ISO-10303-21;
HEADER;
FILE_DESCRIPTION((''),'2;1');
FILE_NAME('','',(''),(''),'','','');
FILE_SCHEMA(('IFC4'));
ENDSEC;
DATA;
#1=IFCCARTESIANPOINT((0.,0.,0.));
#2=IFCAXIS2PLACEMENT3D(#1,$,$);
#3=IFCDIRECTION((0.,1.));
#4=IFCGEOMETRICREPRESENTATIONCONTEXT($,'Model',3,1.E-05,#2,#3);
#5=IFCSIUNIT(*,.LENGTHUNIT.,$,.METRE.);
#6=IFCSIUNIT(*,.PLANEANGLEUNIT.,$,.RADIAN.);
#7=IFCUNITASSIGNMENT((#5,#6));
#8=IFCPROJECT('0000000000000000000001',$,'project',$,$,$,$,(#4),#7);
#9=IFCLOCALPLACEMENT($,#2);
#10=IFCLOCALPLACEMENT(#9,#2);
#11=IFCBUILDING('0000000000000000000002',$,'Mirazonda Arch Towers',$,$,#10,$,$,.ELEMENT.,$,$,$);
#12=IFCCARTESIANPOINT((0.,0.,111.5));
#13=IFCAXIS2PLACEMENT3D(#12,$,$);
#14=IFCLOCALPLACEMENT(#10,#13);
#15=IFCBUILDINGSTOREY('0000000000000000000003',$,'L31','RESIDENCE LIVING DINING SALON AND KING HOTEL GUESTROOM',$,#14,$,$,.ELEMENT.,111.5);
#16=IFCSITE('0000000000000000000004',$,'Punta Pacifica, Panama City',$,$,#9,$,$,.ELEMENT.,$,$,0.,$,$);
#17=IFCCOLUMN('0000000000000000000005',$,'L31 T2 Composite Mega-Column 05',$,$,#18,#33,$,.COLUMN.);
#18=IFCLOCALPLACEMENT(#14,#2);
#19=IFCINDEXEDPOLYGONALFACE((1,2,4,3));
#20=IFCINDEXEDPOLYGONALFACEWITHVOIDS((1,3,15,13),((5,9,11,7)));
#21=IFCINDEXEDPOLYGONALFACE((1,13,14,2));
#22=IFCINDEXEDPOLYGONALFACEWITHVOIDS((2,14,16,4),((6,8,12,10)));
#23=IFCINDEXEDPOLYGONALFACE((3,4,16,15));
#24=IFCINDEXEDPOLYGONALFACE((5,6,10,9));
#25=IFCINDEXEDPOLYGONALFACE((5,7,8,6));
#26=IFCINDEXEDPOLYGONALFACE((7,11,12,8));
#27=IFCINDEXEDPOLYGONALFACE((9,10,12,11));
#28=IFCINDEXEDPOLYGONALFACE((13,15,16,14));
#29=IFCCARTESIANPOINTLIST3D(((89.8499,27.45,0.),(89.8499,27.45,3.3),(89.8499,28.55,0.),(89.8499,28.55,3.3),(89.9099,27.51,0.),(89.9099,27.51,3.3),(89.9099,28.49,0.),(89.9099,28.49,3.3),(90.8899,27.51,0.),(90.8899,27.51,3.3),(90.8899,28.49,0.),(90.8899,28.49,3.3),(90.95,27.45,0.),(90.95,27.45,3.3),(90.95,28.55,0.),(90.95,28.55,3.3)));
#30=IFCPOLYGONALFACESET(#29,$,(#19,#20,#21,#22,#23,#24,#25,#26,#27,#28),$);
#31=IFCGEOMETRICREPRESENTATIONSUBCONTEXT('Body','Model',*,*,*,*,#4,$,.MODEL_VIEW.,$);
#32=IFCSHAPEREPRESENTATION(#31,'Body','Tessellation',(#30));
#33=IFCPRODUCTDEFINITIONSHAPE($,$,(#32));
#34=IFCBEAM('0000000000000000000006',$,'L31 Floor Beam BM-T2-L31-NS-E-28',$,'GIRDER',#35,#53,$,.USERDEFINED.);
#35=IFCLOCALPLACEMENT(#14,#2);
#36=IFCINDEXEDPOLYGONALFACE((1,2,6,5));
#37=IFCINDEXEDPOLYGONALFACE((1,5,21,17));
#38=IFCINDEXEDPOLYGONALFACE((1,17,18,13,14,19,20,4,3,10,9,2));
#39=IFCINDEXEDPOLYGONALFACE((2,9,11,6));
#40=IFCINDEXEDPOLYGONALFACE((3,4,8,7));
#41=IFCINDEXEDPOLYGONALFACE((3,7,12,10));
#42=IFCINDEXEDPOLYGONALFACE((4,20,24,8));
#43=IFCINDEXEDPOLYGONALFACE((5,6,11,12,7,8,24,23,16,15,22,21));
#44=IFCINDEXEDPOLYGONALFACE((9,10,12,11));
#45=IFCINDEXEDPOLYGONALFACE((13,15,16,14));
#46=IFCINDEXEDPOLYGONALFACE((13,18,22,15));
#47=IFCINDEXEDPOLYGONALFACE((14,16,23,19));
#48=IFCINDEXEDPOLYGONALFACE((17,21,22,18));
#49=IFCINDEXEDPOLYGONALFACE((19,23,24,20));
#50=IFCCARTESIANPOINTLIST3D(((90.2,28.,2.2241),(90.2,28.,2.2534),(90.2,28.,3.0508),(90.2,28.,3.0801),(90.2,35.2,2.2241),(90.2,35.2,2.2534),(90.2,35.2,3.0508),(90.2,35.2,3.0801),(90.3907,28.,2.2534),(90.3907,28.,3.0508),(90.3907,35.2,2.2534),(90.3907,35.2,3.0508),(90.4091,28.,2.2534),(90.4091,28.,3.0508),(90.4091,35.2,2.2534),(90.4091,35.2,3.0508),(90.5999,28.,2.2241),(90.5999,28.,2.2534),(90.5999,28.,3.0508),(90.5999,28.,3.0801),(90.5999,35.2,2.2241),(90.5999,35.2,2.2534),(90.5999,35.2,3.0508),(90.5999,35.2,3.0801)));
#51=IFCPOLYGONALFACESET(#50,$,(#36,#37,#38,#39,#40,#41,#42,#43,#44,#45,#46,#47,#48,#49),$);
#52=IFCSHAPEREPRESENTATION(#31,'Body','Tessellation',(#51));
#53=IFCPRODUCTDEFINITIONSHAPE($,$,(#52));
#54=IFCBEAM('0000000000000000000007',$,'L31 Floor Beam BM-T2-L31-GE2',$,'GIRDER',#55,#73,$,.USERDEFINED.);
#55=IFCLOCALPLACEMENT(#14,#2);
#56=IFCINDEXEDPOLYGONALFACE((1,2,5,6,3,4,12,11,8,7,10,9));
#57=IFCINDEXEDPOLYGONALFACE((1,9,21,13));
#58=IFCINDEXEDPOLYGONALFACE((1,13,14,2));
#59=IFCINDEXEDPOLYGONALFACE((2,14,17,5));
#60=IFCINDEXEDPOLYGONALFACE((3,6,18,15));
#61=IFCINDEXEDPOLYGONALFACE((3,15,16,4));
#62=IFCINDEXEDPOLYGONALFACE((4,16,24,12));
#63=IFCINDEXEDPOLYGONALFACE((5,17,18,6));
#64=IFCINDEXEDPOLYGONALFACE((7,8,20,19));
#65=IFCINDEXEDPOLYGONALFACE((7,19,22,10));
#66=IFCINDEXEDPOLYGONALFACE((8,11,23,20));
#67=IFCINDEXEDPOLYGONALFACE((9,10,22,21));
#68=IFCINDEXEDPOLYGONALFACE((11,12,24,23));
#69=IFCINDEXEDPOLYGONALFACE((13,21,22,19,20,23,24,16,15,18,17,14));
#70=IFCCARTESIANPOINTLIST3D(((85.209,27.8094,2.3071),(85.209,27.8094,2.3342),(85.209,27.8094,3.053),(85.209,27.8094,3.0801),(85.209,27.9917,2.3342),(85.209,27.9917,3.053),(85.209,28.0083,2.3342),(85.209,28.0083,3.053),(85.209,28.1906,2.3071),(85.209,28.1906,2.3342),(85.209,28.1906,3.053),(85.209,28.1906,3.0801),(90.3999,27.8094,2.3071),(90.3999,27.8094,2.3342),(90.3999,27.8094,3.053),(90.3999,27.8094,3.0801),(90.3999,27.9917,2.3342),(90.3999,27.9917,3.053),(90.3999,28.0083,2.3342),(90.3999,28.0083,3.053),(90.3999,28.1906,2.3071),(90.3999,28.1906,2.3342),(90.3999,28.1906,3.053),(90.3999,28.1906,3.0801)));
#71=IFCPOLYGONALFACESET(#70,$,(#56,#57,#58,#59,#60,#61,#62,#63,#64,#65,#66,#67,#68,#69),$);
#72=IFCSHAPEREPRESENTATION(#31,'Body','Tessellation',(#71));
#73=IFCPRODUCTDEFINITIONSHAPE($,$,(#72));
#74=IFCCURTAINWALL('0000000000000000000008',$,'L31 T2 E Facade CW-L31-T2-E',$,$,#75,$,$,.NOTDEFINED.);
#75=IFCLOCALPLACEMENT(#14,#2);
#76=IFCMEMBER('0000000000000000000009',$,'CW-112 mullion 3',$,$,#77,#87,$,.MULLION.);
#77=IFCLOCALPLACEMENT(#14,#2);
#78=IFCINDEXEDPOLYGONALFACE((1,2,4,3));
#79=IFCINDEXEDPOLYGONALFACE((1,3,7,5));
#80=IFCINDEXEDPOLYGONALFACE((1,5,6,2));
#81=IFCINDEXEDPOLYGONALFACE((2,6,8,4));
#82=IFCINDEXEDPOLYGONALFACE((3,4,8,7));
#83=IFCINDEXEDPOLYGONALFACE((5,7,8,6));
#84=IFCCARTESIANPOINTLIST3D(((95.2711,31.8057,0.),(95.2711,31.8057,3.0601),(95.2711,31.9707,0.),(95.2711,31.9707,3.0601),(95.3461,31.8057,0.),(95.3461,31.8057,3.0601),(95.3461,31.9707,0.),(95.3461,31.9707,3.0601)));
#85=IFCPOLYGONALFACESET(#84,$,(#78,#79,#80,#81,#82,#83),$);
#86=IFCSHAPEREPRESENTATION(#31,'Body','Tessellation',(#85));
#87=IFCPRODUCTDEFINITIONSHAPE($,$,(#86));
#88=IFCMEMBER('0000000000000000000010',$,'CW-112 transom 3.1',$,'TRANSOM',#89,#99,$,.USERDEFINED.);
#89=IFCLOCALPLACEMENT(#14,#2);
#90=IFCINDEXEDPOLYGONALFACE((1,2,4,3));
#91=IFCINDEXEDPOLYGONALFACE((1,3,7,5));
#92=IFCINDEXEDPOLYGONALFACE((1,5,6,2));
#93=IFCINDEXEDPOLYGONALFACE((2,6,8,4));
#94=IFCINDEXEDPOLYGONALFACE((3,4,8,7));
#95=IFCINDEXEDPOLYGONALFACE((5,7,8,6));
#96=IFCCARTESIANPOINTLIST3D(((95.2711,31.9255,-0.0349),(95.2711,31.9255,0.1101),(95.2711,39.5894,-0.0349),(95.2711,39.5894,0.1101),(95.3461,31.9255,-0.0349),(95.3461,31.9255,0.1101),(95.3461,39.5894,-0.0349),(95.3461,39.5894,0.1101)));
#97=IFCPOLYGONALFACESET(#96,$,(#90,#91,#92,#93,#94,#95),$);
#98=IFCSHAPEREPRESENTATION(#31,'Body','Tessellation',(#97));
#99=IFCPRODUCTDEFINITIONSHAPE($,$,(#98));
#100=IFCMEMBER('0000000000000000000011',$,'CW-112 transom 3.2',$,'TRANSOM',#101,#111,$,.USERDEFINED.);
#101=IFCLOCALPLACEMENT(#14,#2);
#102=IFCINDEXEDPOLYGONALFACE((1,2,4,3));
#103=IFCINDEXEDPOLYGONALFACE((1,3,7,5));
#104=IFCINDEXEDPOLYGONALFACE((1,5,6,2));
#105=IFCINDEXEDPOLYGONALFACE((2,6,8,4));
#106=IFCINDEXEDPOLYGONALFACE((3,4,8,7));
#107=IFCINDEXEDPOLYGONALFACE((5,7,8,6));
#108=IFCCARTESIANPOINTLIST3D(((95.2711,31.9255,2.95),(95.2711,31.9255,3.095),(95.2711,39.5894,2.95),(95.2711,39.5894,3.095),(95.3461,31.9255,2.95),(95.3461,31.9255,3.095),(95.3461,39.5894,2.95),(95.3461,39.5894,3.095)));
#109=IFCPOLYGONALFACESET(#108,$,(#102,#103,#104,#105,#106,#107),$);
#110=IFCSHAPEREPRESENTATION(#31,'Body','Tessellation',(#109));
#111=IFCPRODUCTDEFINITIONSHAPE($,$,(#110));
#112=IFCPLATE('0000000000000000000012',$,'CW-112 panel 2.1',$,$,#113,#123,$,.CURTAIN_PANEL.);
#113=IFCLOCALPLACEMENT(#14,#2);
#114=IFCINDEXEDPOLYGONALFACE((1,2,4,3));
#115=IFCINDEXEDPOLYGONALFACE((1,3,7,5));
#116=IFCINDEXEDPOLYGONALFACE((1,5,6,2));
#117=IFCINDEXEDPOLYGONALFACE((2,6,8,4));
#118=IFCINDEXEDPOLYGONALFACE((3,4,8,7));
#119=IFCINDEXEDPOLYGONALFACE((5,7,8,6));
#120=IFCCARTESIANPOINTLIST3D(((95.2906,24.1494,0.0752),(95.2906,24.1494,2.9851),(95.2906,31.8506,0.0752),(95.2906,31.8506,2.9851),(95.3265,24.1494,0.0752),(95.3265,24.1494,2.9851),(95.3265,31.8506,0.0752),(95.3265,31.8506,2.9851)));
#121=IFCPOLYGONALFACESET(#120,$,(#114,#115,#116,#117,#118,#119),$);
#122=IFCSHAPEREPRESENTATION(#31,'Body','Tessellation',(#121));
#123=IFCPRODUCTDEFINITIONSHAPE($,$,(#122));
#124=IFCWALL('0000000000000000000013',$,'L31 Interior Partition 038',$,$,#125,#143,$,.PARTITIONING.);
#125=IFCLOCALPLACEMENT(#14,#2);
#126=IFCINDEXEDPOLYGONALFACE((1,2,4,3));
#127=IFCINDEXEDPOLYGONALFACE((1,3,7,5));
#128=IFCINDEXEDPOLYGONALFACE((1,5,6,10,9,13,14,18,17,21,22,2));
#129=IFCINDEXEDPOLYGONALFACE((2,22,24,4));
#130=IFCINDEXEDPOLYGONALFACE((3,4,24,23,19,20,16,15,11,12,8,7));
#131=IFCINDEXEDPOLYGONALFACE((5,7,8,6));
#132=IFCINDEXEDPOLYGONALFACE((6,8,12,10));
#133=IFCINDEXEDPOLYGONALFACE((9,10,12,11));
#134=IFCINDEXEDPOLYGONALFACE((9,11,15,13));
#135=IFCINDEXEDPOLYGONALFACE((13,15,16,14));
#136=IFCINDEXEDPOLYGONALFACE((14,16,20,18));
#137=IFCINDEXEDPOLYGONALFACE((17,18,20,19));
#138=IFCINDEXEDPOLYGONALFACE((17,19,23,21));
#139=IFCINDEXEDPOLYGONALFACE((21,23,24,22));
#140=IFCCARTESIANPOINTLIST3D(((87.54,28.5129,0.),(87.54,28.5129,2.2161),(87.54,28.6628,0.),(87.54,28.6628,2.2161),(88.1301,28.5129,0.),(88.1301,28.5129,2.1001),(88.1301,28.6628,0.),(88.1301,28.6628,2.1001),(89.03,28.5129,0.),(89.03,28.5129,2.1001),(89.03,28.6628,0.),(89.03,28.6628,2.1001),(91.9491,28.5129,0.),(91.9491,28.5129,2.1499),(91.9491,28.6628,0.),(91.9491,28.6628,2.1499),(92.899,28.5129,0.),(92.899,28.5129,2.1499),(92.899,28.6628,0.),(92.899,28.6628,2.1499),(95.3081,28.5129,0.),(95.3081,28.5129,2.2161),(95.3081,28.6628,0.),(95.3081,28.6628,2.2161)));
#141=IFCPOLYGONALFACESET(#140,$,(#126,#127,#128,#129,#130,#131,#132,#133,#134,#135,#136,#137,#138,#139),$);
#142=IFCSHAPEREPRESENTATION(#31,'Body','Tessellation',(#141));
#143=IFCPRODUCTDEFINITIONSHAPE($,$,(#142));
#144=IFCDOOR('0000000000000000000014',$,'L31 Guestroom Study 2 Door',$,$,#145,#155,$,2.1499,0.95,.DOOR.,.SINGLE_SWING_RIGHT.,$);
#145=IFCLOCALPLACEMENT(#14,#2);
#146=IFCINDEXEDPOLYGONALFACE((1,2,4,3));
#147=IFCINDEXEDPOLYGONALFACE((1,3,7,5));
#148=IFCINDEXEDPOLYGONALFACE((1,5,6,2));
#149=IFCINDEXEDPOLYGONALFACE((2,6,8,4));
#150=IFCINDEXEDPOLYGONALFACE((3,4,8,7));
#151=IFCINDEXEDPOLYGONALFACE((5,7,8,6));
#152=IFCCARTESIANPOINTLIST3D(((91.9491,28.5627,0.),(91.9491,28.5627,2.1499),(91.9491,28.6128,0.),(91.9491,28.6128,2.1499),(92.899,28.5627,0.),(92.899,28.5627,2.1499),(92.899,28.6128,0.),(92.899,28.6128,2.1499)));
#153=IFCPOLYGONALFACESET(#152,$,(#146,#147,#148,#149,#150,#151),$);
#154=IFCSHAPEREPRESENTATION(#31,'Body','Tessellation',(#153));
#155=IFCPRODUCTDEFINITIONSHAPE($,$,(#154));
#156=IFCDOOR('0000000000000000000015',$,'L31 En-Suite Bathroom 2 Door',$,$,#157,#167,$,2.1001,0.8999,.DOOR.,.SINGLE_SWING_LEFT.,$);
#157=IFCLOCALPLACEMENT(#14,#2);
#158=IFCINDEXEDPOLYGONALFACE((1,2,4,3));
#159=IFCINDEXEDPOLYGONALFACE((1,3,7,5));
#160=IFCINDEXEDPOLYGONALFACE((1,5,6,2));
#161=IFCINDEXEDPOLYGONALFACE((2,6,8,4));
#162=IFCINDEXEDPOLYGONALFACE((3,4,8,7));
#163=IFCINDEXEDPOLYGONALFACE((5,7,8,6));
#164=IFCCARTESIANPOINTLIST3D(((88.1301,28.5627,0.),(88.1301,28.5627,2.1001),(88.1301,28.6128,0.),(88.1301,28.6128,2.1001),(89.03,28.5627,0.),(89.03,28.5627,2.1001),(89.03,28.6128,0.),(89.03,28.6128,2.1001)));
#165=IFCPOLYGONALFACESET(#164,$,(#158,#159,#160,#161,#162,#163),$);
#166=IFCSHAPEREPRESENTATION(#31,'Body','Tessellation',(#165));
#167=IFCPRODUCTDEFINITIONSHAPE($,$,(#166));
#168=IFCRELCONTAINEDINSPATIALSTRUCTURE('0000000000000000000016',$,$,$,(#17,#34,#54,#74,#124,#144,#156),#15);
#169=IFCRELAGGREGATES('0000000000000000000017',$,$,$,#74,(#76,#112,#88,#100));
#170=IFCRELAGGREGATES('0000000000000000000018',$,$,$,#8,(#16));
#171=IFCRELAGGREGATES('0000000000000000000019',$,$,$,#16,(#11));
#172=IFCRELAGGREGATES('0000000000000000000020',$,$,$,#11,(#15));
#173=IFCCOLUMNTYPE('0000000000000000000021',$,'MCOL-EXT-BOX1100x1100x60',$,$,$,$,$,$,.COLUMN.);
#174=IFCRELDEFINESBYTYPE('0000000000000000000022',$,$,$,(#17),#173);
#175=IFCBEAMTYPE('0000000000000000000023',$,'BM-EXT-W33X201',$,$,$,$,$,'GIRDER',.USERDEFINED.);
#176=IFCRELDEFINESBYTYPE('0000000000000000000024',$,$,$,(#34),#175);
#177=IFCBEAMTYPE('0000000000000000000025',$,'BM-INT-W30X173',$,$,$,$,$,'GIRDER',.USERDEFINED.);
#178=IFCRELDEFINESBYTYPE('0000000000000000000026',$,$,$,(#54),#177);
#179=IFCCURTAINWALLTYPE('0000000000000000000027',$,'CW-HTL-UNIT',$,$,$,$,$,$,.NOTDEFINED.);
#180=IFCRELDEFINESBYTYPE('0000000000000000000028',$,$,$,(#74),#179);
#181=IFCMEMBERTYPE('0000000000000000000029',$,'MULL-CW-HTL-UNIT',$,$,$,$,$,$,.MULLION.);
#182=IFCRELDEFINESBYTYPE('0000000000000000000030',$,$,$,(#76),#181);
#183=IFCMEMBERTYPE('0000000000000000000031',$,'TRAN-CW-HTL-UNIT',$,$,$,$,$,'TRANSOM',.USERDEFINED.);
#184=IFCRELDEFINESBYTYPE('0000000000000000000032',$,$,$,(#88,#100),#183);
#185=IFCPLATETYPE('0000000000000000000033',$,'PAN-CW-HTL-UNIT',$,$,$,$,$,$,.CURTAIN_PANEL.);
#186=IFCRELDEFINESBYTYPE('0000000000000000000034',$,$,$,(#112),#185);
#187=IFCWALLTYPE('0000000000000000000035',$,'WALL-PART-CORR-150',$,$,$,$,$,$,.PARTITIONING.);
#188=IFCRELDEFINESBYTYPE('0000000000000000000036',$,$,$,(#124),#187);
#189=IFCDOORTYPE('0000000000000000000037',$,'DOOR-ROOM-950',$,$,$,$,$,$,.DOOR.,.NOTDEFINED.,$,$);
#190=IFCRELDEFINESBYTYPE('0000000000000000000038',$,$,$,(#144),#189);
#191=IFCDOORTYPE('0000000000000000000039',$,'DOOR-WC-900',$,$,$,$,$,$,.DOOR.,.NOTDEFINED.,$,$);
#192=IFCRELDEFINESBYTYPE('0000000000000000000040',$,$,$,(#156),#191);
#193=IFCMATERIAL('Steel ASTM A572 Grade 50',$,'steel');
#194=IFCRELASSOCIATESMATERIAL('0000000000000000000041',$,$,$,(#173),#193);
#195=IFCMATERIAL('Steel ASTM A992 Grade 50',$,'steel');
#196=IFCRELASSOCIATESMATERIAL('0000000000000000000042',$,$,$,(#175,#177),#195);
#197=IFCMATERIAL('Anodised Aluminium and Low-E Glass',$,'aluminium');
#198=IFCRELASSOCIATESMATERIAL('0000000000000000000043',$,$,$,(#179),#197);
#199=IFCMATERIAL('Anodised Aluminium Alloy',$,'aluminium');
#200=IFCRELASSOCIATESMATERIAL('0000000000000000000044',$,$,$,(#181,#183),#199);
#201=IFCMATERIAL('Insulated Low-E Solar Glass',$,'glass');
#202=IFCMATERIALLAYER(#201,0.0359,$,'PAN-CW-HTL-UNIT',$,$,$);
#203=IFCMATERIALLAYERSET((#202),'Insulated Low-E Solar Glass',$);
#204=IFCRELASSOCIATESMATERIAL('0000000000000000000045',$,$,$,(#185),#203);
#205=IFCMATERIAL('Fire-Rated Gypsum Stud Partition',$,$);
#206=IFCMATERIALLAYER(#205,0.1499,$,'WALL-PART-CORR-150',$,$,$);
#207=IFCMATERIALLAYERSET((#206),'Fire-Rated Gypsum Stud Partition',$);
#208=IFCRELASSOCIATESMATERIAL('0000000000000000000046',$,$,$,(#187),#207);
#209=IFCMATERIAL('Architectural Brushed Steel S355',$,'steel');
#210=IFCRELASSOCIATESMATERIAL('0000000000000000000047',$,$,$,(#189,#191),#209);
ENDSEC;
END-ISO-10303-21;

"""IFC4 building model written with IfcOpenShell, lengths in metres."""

from ifc_helpers import new_model, si_unit, direction, frame, frame_2d, origin, origin_2d, place, context, subcontext, project, spatial, rectangle, hollow_rectangle, i_section, extrude, material, layer, layer_set, material_profile, profile_set, type_object, element, fill, aggregate, save


model = new_model("IFC4")

# Units and contexts
model_context = context("Model", 3, precision=1e-05, world=origin(), true_north=direction((0.0, 1.0)))
body_context = subcontext(model_context, "Body", "Model", "MODEL_VIEW")
ifc_project = project(units=[si_unit("LENGTHUNIT", "METRE"), si_unit("PLANEANGLEUNIT", "RADIAN")], contexts=[model_context])

# Site, building, storey
site_placement = place(None, origin())
site = spatial("IfcSite", under=ifc_project, at=site_placement, Name="Punta Pacifica, Panama City", CompositionType="ELEMENT", RefElevation=0.0)
building_placement = place(site_placement, origin())
building = spatial("IfcBuilding", under=site, at=building_placement, Name="Mirazonda Arch Towers", CompositionType="ELEMENT")
storey_placement = place(building_placement, frame((0.0, 0.0, 111.5)))
storey = spatial("IfcBuildingStorey", under=building, at=storey_placement, Name="L31", Description="RESIDENCE LIVING DINING SALON AND KING HOTEL GUESTROOM", CompositionType="ELEMENT", Elevation=111.5)

# Column
ifc_material_1 = material(Name="Steel ASTM A572 Grade 50", Category="steel")
ifc_material_profile_1 = material_profile(ifc_material_1, hollow_rectangle(XDim=1.1001, YDim=1.1001, WallThickness=0.0601, at=origin_2d()), Name="BOX1100x1100x60")
ifc_profile_set_1 = profile_set([ifc_material_profile_1], Name="Steel ASTM A572 Grade 50")
column_type = type_object("IfcColumnType", Name="MCOL-EXT-BOX1100x1100x60", PredefinedType="COLUMN", material=ifc_profile_set_1)
column_placement = place(storey_placement, frame((90.3999, 28.0, 0.0), z_axis=(0.0, 0.0, 1.0), x_axis=(1.0, 0.0, 0.0)))
element("IfcColumn", 1, at=column_placement, inside=storey, type_object=column_type, Name="L31 T2 Composite Mega-Column 05", PredefinedType="COLUMN", context=body_context, shape_type="SweptSolid", body=[
    extrude(hollow_rectangle(XDim=1.1001, YDim=1.1001, WallThickness=0.0601, at=origin_2d()), origin(), (0.0, 0.0, 1.0), 3.3),
])

# Beams
ifc_material_2 = material(Name="Steel ASTM A992 Grade 50", Category="steel")
ifc_material_profile_2 = material_profile(ifc_material_2, i_section(OverallWidth=0.3999, OverallDepth=0.856, WebThickness=0.0183, FlangeThickness=0.0293, at=origin_2d()), Name="W33X201")
ifc_profile_set_2 = profile_set([ifc_material_profile_2], Name="Steel ASTM A992 Grade 50")
beam_type_1 = type_object("IfcBeamType", Name="BM-EXT-W33X201", ElementType="GIRDER", PredefinedType="USERDEFINED", material=ifc_profile_set_2)
beam_1_placement = place(storey_placement, frame((90.3999, 28.0, 2.6521), z_axis=(0.0, 1.0, 0.0), x_axis=(-1.0, 0.0, 0.0)))
element("IfcBeam", 2, at=beam_1_placement, inside=storey, type_object=beam_type_1, Name="L31 Floor Beam BM-T2-L31-NS-E-28", ObjectType="GIRDER", PredefinedType="USERDEFINED", context=body_context, shape_type="SweptSolid", body=[
    extrude(i_section(OverallWidth=0.3999, OverallDepth=0.856, WebThickness=0.0183, FlangeThickness=0.0293, at=origin_2d()), origin(), (0.0, 0.0, 1.0), 7.2),
])
ifc_material_profile_3 = material_profile(ifc_material_2, i_section(OverallWidth=0.3811, OverallDepth=0.7729, WebThickness=0.0166, FlangeThickness=0.0271, at=origin_2d()), Name="W30X173")
ifc_profile_set_3 = profile_set([ifc_material_profile_3], Name="Steel ASTM A992 Grade 50")
beam_type_2 = type_object("IfcBeamType", Name="BM-INT-W30X173", ElementType="GIRDER", PredefinedType="USERDEFINED", material=ifc_profile_set_3)
beam_2_placement = place(storey_placement, frame((85.209, 28.0, 2.6936), z_axis=(1.0, 0.0, 0.0), x_axis=(0.0, 1.0, 0.0)))
element("IfcBeam", 3, at=beam_2_placement, inside=storey, type_object=beam_type_2, Name="L31 Floor Beam BM-T2-L31-GE2", ObjectType="GIRDER", PredefinedType="USERDEFINED", context=body_context, shape_type="SweptSolid", body=[
    extrude(i_section(OverallWidth=0.3811, OverallDepth=0.7729, WebThickness=0.0166, FlangeThickness=0.0271, at=origin_2d()), origin(), (0.0, 0.0, 1.0), 5.1909),
])

# Curtain wall, members, plate
ifc_material_3 = material(Name="Anodised Aluminium and Low-E Glass", Category="aluminium")
curtain_wall_type = type_object("IfcCurtainWallType", Name="CW-HTL-UNIT", PredefinedType="NOTDEFINED", material=ifc_material_3)
curtain_wall_placement = place(storey_placement, origin())
curtain_wall = element("IfcCurtainWall", 4, at=curtain_wall_placement, inside=storey, type_object=curtain_wall_type, Name="L31 T2 E Facade CW-L31-T2-E", PredefinedType="NOTDEFINED")
ifc_material_4 = material(Name="Anodised Aluminium Alloy", Category="aluminium")
ifc_material_profile_4 = material_profile(ifc_material_4, rectangle(XDim=0.075, YDim=0.165, at=origin_2d()), Name="ALU-MULL-75x165")
ifc_profile_set_4 = profile_set([ifc_material_profile_4], Name="Anodised Aluminium Alloy")
member_type_1 = type_object("IfcMemberType", Name="MULL-CW-HTL-UNIT", PredefinedType="MULLION", material=ifc_profile_set_4)
member_1_placement = place(storey_placement, frame((95.3086, 31.8882, 0.0), z_axis=(0.0, 0.0, 1.0), x_axis=(-1.0, 0.0, 0.0)))
member_1 = element("IfcMember", 5, at=member_1_placement, type_object=member_type_1, Name="CW-112 mullion 3", PredefinedType="MULLION", context=body_context, shape_type="SweptSolid", body=[
    extrude(rectangle(XDim=0.075, YDim=0.165, at=origin_2d()), origin(), (0.0, 0.0, 1.0), 3.0601),
])
ifc_material_profile_5 = material_profile(ifc_material_4, rectangle(XDim=0.075, YDim=0.145, at=origin_2d()), Name="ALU-TRAN-75x145")
ifc_profile_set_5 = profile_set([ifc_material_profile_5], Name="Anodised Aluminium Alloy")
member_type_2 = type_object("IfcMemberType", Name="TRAN-CW-HTL-UNIT", ElementType="TRANSOM", PredefinedType="USERDEFINED", material=ifc_profile_set_5)
member_2_placement = place(storey_placement, frame((95.3086, 31.9255, 0.0376), z_axis=(0.0, 1.0, 0.0), x_axis=(-1.0, 0.0, 0.0)))
member_2 = element("IfcMember", 6, at=member_2_placement, type_object=member_type_2, Name="CW-112 transom 3.1", ObjectType="TRANSOM", PredefinedType="USERDEFINED", context=body_context, shape_type="SweptSolid", body=[
    extrude(rectangle(XDim=0.075, YDim=0.145, at=origin_2d()), origin(), (0.0, 0.0, 1.0), 7.6638),
])
member_3_placement = place(storey_placement, frame((95.3086, 31.9255, 3.0225), z_axis=(0.0, 1.0, 0.0), x_axis=(-1.0, 0.0, 0.0)))
member_3 = element("IfcMember", 7, at=member_3_placement, type_object=member_type_2, Name="CW-112 transom 3.2", ObjectType="TRANSOM", PredefinedType="USERDEFINED", context=body_context, shape_type="SweptSolid", body=[
    extrude(rectangle(XDim=0.075, YDim=0.145, at=origin_2d()), origin(), (0.0, 0.0, 1.0), 7.6638),
])
ifc_material_5 = material(Name="Insulated Low-E Solar Glass", Category="glass")
ifc_layer_1 = layer(ifc_material_5, 0.0359, Name="PAN-CW-HTL-UNIT")
ifc_layer_set_1 = layer_set([ifc_layer_1], Name="Insulated Low-E Solar Glass")
plate_type = type_object("IfcPlateType", Name="PAN-CW-HTL-UNIT", PredefinedType="CURTAIN_PANEL", material=ifc_layer_set_1)
plate_placement = place(storey_placement, frame((95.3086, 28.0, 0.0752), z_axis=(0.0, 0.0, 1.0), x_axis=(0.0, 1.0, 0.0)))
plate = element("IfcPlate", 8, at=plate_placement, type_object=plate_type, Name="CW-112 panel 2.1", PredefinedType="CURTAIN_PANEL", context=body_context, shape_type="SweptSolid", body=[
    extrude(rectangle(XDim=7.7012, YDim=0.0359, at=origin_2d()), origin(), (0.0, 0.0, 1.0), 2.9099),
])
aggregate(curtain_wall, [member_1, plate, member_2, member_3])

# Wall, openings, doors
ifc_material_6 = material(Name="Fire-Rated Gypsum Stud Partition")
ifc_layer_2 = layer(ifc_material_6, 0.1499, Name="WALL-PART-CORR-150")
ifc_layer_set_2 = layer_set([ifc_layer_2], Name="Fire-Rated Gypsum Stud Partition")
wall_type_1 = type_object("IfcWallType", Name="WALL-PART-CORR-150", PredefinedType="PARTITIONING", material=ifc_layer_set_2)
wall_1_placement = place(storey_placement, frame((87.54, 28.5879, 0.0), z_axis=(0.0, 0.0, 1.0), x_axis=(1.0, 0.0, 0.0)))
wall_1 = element("IfcWall", 9, at=wall_1_placement, inside=storey, type_object=wall_type_1, Name="L31 Interior Partition 038", PredefinedType="PARTITIONING", context=body_context, shape_type="SweptSolid", body=[
    extrude(rectangle(XDim=7.7681, YDim=0.1499, at=frame_2d((3.884, 0.0))), origin(), (0.0, 0.0, 1.0), 2.2161),
])
opening_1_placement = place(wall_1_placement, frame((4.4089, 0.0, 0.0)))
opening_1 = element("IfcOpeningElement", 10, at=opening_1_placement, cuts=wall_1, PredefinedType="OPENING", context=body_context, shape_type="SweptSolid", body=[
    extrude(rectangle(XDim=0.95, YDim=2.1499, at=frame_2d((0.4751, 1.075))), frame((0.0, 0.085, 0.0), z_axis=(0.0, -1.0, 0.0), x_axis=(1.0, 0.0, 0.0)), (0.0, 0.0, 1.0), 0.1699),
])
opening_2_placement = place(wall_1_placement, frame((0.5901, 0.0, 0.0)))
opening_2 = element("IfcOpeningElement", 11, at=opening_2_placement, cuts=wall_1, PredefinedType="OPENING", context=body_context, shape_type="SweptSolid", body=[
    extrude(rectangle(XDim=0.8999, YDim=2.1001, at=frame_2d((0.45, 1.05))), frame((0.0, 0.085, 0.0), z_axis=(0.0, -1.0, 0.0), x_axis=(1.0, 0.0, 0.0)), (0.0, 0.0, 1.0), 0.1699),
])
ifc_material_7 = material(Name="Architectural Brushed Steel S355", Category="steel")
door_type_1 = type_object("IfcDoorType", Name="DOOR-ROOM-950", OperationType="NOTDEFINED", PredefinedType="DOOR", material=ifc_material_7)
door_1_placement = place(opening_1_placement, origin())
door_1 = element("IfcDoor", 12, at=door_1_placement, inside=storey, type_object=door_type_1, Name="L31 Guestroom Study 2 Door", OperationType="SINGLE_SWING_RIGHT", OverallHeight=2.1499, OverallWidth=0.95, PredefinedType="DOOR", context=body_context, shape_type="SweptSolid", body=[
    extrude(rectangle(XDim=0.95, YDim=2.1499, at=frame_2d((0.4751, 1.075))), frame((0.0, 0.0249, 0.0), z_axis=(0.0, -1.0, 0.0), x_axis=(1.0, 0.0, 0.0)), (0.0, 0.0, 1.0), 0.05),
])
fill(opening_1, door_1)
door_type_2 = type_object("IfcDoorType", Name="DOOR-WC-900", OperationType="NOTDEFINED", PredefinedType="DOOR", material=ifc_material_7)
door_2_placement = place(opening_2_placement, origin())
door_2 = element("IfcDoor", 13, at=door_2_placement, inside=storey, type_object=door_type_2, Name="L31 En-Suite Bathroom 2 Door", OperationType="SINGLE_SWING_LEFT", OverallHeight=2.1001, OverallWidth=0.8999, PredefinedType="DOOR", context=body_context, shape_type="SweptSolid", body=[
    extrude(rectangle(XDim=0.8999, YDim=2.1001, at=frame_2d((0.45, 1.05))), frame((0.0, 0.0249, 0.0), z_axis=(0.0, -1.0, 0.0), x_axis=(1.0, 0.0, 0.0)), (0.0, 0.0, 1.0), 0.05),
])
fill(opening_2, door_2)

save(model, "model.ifc")
